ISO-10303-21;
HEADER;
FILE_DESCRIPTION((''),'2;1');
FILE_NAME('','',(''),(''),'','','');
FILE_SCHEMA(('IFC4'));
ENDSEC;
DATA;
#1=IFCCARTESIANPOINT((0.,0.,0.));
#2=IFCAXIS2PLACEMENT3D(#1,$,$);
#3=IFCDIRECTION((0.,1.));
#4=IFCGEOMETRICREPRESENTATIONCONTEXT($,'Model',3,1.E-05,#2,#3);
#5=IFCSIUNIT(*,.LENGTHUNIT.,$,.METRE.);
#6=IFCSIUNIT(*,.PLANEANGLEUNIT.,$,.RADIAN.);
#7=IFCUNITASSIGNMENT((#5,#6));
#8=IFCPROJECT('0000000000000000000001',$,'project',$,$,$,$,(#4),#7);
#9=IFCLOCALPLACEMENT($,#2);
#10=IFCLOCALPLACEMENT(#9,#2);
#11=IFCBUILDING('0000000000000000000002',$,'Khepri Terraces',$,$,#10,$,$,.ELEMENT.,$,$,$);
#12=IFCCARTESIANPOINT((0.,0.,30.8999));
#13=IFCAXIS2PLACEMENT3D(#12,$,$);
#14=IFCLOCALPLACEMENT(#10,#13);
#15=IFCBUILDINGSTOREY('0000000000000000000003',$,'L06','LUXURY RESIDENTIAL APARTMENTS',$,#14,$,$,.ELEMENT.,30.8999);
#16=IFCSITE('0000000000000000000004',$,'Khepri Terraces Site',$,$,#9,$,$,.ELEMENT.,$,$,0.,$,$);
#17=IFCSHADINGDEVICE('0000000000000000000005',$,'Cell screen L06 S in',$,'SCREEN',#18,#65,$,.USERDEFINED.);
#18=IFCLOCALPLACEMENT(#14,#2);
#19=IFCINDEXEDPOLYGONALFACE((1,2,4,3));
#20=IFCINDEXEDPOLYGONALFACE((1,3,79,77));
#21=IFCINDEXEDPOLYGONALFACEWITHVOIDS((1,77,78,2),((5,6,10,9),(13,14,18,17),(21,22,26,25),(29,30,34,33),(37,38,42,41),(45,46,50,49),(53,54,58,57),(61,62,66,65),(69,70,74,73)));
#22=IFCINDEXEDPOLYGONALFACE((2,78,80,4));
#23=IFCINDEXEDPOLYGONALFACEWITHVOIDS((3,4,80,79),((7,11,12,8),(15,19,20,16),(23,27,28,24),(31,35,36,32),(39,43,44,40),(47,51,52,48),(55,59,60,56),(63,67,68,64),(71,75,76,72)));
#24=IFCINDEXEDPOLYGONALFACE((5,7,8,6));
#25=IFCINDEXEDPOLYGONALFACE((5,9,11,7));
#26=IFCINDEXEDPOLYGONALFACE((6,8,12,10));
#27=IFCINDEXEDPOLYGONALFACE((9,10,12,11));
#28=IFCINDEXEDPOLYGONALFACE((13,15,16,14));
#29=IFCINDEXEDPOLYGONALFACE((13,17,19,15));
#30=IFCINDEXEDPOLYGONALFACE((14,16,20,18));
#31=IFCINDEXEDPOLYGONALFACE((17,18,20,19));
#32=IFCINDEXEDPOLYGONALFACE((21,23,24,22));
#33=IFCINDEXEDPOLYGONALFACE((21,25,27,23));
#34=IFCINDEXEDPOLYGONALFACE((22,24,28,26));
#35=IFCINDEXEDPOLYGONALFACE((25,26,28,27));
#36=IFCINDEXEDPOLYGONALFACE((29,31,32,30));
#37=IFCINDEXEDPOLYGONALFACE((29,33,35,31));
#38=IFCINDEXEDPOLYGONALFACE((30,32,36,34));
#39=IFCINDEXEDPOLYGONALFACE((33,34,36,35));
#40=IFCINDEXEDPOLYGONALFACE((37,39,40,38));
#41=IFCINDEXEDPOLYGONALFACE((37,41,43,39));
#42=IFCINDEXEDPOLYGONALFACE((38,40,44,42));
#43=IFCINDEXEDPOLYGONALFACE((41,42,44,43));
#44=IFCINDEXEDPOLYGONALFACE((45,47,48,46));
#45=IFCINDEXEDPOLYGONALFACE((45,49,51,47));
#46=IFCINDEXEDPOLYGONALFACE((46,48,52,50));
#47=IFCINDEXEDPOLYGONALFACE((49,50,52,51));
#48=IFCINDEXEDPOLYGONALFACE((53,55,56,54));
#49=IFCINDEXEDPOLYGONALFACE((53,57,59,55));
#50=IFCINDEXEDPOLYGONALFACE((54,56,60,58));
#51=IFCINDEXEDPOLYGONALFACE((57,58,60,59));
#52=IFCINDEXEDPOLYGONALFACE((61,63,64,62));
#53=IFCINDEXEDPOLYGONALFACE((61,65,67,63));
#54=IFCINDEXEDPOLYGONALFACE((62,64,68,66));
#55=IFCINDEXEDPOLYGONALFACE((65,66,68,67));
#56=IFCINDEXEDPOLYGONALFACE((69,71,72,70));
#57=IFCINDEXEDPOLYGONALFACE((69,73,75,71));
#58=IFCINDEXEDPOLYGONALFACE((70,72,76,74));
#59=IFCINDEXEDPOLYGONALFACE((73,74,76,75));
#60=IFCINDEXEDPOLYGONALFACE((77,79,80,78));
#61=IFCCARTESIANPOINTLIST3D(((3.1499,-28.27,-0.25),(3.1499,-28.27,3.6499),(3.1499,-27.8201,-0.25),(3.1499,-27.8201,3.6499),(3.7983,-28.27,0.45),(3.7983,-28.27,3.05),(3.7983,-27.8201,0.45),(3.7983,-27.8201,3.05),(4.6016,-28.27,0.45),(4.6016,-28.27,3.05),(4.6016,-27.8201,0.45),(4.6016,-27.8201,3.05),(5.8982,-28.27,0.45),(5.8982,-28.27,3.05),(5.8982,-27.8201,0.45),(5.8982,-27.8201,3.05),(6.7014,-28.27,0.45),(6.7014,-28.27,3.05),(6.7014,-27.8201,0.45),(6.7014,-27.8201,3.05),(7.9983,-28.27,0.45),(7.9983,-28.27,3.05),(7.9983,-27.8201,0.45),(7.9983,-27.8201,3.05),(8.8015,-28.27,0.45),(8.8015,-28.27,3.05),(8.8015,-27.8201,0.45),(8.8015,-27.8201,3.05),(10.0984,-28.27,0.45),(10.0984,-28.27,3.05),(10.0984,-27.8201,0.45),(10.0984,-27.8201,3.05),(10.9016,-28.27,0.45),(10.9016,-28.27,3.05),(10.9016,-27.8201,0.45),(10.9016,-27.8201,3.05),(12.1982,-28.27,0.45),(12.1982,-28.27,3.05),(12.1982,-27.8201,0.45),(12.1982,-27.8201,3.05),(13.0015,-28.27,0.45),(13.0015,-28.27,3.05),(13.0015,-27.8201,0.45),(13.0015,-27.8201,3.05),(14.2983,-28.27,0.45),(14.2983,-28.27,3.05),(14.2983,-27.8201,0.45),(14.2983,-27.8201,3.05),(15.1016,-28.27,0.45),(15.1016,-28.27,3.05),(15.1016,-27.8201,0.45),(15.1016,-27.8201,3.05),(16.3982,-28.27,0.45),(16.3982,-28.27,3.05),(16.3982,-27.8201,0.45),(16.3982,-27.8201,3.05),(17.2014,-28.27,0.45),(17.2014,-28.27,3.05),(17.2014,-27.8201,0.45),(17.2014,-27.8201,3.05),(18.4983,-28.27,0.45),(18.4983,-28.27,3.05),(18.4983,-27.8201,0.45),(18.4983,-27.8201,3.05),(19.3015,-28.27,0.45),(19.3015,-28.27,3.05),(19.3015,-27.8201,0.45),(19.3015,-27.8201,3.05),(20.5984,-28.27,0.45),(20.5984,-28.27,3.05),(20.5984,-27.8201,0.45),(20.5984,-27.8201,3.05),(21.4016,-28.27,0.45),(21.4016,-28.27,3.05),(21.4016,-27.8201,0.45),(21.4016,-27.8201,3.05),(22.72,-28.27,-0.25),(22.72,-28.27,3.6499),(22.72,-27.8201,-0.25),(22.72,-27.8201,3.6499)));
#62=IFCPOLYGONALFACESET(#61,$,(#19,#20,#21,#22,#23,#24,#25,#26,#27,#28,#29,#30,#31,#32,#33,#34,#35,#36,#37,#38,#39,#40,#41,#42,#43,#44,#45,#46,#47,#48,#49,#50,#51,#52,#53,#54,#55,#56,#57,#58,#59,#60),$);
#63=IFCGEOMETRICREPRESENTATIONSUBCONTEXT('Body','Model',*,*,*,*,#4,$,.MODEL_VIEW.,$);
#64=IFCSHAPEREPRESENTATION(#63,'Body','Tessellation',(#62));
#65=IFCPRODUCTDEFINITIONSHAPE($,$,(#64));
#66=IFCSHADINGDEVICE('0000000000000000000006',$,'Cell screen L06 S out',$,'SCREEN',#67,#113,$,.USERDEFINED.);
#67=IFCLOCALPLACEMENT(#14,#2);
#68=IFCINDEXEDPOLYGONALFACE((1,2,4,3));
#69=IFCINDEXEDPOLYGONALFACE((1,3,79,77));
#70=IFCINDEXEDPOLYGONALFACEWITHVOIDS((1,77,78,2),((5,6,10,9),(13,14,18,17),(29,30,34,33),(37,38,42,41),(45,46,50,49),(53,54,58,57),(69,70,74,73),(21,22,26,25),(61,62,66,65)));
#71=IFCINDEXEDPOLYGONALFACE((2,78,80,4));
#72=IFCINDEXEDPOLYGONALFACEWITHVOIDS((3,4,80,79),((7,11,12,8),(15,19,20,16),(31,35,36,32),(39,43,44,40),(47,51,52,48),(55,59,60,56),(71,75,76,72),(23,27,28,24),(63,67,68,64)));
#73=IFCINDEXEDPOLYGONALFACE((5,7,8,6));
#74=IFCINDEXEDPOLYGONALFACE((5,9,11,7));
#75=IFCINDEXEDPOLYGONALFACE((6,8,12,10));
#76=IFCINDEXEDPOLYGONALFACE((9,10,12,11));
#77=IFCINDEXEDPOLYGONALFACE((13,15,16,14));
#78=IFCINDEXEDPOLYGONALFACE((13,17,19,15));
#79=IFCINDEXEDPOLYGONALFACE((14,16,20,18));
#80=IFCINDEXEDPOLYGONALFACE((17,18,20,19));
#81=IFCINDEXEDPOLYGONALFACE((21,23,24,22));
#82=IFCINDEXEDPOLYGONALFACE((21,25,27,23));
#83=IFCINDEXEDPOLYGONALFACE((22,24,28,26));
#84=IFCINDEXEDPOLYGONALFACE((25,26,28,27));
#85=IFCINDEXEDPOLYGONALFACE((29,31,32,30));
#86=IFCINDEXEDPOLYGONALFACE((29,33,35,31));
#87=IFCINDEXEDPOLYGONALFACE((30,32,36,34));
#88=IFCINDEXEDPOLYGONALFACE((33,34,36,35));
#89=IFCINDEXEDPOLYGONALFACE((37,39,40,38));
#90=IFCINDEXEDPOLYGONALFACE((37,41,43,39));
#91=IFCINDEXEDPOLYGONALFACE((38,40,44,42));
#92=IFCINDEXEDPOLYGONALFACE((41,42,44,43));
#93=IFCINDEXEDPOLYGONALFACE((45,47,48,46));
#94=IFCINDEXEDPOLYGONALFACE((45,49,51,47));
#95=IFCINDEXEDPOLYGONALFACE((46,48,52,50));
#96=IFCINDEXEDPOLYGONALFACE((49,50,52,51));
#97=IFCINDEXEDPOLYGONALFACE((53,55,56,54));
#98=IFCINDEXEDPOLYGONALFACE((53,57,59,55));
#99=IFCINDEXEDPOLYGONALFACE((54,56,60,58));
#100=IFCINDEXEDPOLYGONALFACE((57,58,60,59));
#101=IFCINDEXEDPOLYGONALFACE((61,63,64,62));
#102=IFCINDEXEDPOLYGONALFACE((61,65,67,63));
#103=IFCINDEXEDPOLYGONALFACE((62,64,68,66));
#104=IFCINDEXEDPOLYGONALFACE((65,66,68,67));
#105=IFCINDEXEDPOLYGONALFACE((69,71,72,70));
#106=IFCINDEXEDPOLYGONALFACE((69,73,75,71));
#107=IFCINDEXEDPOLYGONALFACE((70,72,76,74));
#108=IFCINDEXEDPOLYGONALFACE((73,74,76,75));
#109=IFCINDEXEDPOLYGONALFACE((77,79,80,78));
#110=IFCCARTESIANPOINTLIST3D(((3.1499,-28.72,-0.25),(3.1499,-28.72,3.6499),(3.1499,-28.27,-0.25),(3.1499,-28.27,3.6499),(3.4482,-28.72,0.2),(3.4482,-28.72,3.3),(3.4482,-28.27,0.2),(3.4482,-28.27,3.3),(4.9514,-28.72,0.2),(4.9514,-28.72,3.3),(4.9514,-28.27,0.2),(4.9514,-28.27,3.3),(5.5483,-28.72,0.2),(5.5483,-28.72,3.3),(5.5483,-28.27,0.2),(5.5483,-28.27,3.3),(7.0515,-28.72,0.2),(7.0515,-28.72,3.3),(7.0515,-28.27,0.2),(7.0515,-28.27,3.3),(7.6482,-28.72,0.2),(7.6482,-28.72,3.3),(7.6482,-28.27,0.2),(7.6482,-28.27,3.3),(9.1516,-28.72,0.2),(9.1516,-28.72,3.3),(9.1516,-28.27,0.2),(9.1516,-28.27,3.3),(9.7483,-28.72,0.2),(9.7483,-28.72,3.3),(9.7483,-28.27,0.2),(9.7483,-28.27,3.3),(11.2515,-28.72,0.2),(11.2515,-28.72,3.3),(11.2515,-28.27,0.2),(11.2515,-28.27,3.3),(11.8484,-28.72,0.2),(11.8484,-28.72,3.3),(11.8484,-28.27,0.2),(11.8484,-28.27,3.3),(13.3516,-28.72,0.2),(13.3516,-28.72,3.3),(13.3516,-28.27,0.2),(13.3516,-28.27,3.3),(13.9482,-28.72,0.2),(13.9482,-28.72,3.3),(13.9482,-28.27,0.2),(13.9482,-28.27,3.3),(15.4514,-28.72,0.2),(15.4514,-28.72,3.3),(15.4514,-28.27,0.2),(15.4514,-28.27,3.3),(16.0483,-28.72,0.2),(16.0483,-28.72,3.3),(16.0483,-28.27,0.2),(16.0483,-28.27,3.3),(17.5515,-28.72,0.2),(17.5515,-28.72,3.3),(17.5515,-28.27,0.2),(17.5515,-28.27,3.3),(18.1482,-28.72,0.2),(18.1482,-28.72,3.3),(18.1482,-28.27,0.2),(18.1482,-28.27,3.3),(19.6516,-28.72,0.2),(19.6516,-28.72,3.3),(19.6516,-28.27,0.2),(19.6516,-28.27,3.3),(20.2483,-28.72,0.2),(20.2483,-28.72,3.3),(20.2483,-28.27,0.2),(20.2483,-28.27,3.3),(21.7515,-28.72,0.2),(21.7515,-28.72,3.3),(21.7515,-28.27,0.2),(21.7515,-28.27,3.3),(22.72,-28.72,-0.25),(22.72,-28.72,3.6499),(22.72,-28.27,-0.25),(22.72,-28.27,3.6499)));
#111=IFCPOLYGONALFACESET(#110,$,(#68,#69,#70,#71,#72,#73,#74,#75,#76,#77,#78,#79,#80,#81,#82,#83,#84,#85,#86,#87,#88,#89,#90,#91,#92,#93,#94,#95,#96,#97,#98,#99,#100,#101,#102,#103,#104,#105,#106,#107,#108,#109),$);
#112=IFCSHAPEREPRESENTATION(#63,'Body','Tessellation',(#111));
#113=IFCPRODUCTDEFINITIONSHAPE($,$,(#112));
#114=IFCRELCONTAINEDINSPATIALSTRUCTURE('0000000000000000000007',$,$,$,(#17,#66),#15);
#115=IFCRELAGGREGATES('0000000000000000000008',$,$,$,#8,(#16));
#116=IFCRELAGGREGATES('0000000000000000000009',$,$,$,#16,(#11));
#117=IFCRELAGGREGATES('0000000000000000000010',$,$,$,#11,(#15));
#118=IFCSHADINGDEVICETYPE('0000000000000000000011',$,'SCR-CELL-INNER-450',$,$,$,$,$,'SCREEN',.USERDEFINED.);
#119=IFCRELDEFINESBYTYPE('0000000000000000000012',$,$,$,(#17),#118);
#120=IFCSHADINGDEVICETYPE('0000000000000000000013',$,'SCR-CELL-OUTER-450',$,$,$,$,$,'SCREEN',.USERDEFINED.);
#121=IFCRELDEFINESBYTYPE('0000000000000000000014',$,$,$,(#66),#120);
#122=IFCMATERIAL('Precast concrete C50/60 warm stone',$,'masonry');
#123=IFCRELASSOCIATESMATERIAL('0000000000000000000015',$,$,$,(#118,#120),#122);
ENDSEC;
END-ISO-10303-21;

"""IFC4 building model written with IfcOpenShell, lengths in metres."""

from ifc_helpers import new_model, si_unit, direction, frame, origin, place, context, subcontext, project, spatial, polyline, outline, extrude, material, type_object, element, save


model = new_model("IFC4")

# Units and contexts
model_context = context("Model", 3, precision=1e-05, world=origin(), true_north=direction((0.0, 1.0)))
body_context = subcontext(model_context, "Body", "Model", "MODEL_VIEW")
ifc_project = project(units=[si_unit("LENGTHUNIT", "METRE"), si_unit("PLANEANGLEUNIT", "RADIAN")], contexts=[model_context])

# Site, building, storey
site_placement = place(None, origin())
site = spatial("IfcSite", under=ifc_project, at=site_placement, Name="Khepri Terraces Site", CompositionType="ELEMENT", RefElevation=0.0)
building_placement = place(site_placement, origin())
building = spatial("IfcBuilding", under=site, at=building_placement, Name="Khepri Terraces", CompositionType="ELEMENT")
storey_placement = place(building_placement, frame((0.0, 0.0, 30.8999)))
storey = spatial("IfcBuildingStorey", under=building, at=storey_placement, Name="L06", Description="LUXURY RESIDENTIAL APARTMENTS", CompositionType="ELEMENT", Elevation=30.8999)

# Shared definitions
ifc_material_1 = material(Name="Precast concrete C50/60 warm stone", Category="masonry")

# Shading devices
shading_device_type_1 = type_object("IfcShadingDeviceType", Name="SCR-CELL-INNER-450", ElementType="SCREEN", PredefinedType="USERDEFINED", material=ifc_material_1)
shading_device_1_placement = place(storey_placement, frame((3.1499, -27.8201, -0.25), z_axis=(0.0, -1.0, 0.0), x_axis=(1.0, 0.0, 0.0)))
element("IfcShadingDevice", 1, at=shading_device_1_placement, inside=storey, type_object=shading_device_type_1, Name="Cell screen L06 S in", ObjectType="SCREEN", PredefinedType="USERDEFINED", context=body_context, shape_type="SweptSolid", body=[
    extrude(outline(polyline([(0.0, 0.0), (19.5701, 0.0), (19.5701, 3.8999), (0.0, 3.8999), (0.0, 0.0)]), holes=[polyline([(0.6484, 0.7), (1.4517, 0.7), (1.4517, 3.3), (0.6484, 3.3), (0.6484, 0.7)]), polyline([(2.7483, 0.7), (3.5515, 0.7), (3.5515, 3.3), (2.7483, 3.3), (2.7483, 0.7)]), polyline([(4.8484, 0.7), (5.6516, 0.7), (5.6516, 3.3), (4.8484, 3.3), (4.8484, 0.7)]), polyline([(6.9485, 0.7), (7.7517, 0.7), (7.7517, 3.3), (6.9485, 3.3), (6.9485, 0.7)]), polyline([(9.0483, 0.7), (9.8516, 0.7), (9.8516, 3.3), (9.0483, 3.3), (9.0483, 0.7)]), polyline([(11.1484, 0.7), (11.9517, 0.7), (11.9517, 3.3), (11.1484, 3.3), (11.1484, 0.7)]), polyline([(13.2483, 0.7), (14.0515, 0.7), (14.0515, 3.3), (13.2483, 3.3), (13.2483, 0.7)]), polyline([(15.3484, 0.7), (16.1516, 0.7), (16.1516, 3.3), (15.3484, 3.3), (15.3484, 0.7)]), polyline([(17.4485, 0.7), (18.2517, 0.7), (18.2517, 3.3), (17.4485, 3.3), (17.4485, 0.7)])]), origin(), (0.0, 0.0, 1.0), 0.45),
])
shading_device_type_2 = type_object("IfcShadingDeviceType", Name="SCR-CELL-OUTER-450", ElementType="SCREEN", PredefinedType="USERDEFINED", material=ifc_material_1)
shading_device_2_placement = place(storey_placement, frame((3.1499, -28.27, -0.25), z_axis=(0.0, -1.0, 0.0), x_axis=(1.0, 0.0, 0.0)))
element("IfcShadingDevice", 2, at=shading_device_2_placement, inside=storey, type_object=shading_device_type_2, Name="Cell screen L06 S out", ObjectType="SCREEN", PredefinedType="USERDEFINED", context=body_context, shape_type="SweptSolid", body=[
    extrude(outline(polyline([(0.0, 0.0), (19.5701, 0.0), (19.5701, 3.8999), (0.0, 3.8999), (0.0, 0.0)]), holes=[polyline([(0.2983, 0.45), (1.8015, 0.45), (1.8015, 3.55), (0.2983, 3.55), (0.2983, 0.45)]), polyline([(2.3984, 0.45), (3.9016, 0.45), (3.9016, 3.55), (2.3984, 3.55), (2.3984, 0.45)]), polyline([(4.4983, 0.45), (6.0017, 0.45), (6.0017, 3.55), (4.4983, 3.55), (4.4983, 0.45)]), polyline([(6.5984, 0.45), (8.1016, 0.45), (8.1016, 3.55), (6.5984, 3.55), (6.5984, 0.45)]), polyline([(8.6985, 0.45), (10.2017, 0.45), (10.2017, 3.55), (8.6985, 3.55), (8.6985, 0.45)]), polyline([(10.7983, 0.45), (12.3015, 0.45), (12.3015, 3.55), (10.7983, 3.55), (10.7983, 0.45)]), polyline([(12.8984, 0.45), (14.4016, 0.45), (14.4016, 3.55), (12.8984, 3.55), (12.8984, 0.45)]), polyline([(14.9983, 0.45), (16.5017, 0.45), (16.5017, 3.55), (14.9983, 3.55), (14.9983, 0.45)]), polyline([(17.0984, 0.45), (18.6016, 0.45), (18.6016, 3.55), (17.0984, 3.55), (17.0984, 0.45)])]), origin(), (0.0, 0.0, 1.0), 0.45),
])

save(model, "model.ifc")
